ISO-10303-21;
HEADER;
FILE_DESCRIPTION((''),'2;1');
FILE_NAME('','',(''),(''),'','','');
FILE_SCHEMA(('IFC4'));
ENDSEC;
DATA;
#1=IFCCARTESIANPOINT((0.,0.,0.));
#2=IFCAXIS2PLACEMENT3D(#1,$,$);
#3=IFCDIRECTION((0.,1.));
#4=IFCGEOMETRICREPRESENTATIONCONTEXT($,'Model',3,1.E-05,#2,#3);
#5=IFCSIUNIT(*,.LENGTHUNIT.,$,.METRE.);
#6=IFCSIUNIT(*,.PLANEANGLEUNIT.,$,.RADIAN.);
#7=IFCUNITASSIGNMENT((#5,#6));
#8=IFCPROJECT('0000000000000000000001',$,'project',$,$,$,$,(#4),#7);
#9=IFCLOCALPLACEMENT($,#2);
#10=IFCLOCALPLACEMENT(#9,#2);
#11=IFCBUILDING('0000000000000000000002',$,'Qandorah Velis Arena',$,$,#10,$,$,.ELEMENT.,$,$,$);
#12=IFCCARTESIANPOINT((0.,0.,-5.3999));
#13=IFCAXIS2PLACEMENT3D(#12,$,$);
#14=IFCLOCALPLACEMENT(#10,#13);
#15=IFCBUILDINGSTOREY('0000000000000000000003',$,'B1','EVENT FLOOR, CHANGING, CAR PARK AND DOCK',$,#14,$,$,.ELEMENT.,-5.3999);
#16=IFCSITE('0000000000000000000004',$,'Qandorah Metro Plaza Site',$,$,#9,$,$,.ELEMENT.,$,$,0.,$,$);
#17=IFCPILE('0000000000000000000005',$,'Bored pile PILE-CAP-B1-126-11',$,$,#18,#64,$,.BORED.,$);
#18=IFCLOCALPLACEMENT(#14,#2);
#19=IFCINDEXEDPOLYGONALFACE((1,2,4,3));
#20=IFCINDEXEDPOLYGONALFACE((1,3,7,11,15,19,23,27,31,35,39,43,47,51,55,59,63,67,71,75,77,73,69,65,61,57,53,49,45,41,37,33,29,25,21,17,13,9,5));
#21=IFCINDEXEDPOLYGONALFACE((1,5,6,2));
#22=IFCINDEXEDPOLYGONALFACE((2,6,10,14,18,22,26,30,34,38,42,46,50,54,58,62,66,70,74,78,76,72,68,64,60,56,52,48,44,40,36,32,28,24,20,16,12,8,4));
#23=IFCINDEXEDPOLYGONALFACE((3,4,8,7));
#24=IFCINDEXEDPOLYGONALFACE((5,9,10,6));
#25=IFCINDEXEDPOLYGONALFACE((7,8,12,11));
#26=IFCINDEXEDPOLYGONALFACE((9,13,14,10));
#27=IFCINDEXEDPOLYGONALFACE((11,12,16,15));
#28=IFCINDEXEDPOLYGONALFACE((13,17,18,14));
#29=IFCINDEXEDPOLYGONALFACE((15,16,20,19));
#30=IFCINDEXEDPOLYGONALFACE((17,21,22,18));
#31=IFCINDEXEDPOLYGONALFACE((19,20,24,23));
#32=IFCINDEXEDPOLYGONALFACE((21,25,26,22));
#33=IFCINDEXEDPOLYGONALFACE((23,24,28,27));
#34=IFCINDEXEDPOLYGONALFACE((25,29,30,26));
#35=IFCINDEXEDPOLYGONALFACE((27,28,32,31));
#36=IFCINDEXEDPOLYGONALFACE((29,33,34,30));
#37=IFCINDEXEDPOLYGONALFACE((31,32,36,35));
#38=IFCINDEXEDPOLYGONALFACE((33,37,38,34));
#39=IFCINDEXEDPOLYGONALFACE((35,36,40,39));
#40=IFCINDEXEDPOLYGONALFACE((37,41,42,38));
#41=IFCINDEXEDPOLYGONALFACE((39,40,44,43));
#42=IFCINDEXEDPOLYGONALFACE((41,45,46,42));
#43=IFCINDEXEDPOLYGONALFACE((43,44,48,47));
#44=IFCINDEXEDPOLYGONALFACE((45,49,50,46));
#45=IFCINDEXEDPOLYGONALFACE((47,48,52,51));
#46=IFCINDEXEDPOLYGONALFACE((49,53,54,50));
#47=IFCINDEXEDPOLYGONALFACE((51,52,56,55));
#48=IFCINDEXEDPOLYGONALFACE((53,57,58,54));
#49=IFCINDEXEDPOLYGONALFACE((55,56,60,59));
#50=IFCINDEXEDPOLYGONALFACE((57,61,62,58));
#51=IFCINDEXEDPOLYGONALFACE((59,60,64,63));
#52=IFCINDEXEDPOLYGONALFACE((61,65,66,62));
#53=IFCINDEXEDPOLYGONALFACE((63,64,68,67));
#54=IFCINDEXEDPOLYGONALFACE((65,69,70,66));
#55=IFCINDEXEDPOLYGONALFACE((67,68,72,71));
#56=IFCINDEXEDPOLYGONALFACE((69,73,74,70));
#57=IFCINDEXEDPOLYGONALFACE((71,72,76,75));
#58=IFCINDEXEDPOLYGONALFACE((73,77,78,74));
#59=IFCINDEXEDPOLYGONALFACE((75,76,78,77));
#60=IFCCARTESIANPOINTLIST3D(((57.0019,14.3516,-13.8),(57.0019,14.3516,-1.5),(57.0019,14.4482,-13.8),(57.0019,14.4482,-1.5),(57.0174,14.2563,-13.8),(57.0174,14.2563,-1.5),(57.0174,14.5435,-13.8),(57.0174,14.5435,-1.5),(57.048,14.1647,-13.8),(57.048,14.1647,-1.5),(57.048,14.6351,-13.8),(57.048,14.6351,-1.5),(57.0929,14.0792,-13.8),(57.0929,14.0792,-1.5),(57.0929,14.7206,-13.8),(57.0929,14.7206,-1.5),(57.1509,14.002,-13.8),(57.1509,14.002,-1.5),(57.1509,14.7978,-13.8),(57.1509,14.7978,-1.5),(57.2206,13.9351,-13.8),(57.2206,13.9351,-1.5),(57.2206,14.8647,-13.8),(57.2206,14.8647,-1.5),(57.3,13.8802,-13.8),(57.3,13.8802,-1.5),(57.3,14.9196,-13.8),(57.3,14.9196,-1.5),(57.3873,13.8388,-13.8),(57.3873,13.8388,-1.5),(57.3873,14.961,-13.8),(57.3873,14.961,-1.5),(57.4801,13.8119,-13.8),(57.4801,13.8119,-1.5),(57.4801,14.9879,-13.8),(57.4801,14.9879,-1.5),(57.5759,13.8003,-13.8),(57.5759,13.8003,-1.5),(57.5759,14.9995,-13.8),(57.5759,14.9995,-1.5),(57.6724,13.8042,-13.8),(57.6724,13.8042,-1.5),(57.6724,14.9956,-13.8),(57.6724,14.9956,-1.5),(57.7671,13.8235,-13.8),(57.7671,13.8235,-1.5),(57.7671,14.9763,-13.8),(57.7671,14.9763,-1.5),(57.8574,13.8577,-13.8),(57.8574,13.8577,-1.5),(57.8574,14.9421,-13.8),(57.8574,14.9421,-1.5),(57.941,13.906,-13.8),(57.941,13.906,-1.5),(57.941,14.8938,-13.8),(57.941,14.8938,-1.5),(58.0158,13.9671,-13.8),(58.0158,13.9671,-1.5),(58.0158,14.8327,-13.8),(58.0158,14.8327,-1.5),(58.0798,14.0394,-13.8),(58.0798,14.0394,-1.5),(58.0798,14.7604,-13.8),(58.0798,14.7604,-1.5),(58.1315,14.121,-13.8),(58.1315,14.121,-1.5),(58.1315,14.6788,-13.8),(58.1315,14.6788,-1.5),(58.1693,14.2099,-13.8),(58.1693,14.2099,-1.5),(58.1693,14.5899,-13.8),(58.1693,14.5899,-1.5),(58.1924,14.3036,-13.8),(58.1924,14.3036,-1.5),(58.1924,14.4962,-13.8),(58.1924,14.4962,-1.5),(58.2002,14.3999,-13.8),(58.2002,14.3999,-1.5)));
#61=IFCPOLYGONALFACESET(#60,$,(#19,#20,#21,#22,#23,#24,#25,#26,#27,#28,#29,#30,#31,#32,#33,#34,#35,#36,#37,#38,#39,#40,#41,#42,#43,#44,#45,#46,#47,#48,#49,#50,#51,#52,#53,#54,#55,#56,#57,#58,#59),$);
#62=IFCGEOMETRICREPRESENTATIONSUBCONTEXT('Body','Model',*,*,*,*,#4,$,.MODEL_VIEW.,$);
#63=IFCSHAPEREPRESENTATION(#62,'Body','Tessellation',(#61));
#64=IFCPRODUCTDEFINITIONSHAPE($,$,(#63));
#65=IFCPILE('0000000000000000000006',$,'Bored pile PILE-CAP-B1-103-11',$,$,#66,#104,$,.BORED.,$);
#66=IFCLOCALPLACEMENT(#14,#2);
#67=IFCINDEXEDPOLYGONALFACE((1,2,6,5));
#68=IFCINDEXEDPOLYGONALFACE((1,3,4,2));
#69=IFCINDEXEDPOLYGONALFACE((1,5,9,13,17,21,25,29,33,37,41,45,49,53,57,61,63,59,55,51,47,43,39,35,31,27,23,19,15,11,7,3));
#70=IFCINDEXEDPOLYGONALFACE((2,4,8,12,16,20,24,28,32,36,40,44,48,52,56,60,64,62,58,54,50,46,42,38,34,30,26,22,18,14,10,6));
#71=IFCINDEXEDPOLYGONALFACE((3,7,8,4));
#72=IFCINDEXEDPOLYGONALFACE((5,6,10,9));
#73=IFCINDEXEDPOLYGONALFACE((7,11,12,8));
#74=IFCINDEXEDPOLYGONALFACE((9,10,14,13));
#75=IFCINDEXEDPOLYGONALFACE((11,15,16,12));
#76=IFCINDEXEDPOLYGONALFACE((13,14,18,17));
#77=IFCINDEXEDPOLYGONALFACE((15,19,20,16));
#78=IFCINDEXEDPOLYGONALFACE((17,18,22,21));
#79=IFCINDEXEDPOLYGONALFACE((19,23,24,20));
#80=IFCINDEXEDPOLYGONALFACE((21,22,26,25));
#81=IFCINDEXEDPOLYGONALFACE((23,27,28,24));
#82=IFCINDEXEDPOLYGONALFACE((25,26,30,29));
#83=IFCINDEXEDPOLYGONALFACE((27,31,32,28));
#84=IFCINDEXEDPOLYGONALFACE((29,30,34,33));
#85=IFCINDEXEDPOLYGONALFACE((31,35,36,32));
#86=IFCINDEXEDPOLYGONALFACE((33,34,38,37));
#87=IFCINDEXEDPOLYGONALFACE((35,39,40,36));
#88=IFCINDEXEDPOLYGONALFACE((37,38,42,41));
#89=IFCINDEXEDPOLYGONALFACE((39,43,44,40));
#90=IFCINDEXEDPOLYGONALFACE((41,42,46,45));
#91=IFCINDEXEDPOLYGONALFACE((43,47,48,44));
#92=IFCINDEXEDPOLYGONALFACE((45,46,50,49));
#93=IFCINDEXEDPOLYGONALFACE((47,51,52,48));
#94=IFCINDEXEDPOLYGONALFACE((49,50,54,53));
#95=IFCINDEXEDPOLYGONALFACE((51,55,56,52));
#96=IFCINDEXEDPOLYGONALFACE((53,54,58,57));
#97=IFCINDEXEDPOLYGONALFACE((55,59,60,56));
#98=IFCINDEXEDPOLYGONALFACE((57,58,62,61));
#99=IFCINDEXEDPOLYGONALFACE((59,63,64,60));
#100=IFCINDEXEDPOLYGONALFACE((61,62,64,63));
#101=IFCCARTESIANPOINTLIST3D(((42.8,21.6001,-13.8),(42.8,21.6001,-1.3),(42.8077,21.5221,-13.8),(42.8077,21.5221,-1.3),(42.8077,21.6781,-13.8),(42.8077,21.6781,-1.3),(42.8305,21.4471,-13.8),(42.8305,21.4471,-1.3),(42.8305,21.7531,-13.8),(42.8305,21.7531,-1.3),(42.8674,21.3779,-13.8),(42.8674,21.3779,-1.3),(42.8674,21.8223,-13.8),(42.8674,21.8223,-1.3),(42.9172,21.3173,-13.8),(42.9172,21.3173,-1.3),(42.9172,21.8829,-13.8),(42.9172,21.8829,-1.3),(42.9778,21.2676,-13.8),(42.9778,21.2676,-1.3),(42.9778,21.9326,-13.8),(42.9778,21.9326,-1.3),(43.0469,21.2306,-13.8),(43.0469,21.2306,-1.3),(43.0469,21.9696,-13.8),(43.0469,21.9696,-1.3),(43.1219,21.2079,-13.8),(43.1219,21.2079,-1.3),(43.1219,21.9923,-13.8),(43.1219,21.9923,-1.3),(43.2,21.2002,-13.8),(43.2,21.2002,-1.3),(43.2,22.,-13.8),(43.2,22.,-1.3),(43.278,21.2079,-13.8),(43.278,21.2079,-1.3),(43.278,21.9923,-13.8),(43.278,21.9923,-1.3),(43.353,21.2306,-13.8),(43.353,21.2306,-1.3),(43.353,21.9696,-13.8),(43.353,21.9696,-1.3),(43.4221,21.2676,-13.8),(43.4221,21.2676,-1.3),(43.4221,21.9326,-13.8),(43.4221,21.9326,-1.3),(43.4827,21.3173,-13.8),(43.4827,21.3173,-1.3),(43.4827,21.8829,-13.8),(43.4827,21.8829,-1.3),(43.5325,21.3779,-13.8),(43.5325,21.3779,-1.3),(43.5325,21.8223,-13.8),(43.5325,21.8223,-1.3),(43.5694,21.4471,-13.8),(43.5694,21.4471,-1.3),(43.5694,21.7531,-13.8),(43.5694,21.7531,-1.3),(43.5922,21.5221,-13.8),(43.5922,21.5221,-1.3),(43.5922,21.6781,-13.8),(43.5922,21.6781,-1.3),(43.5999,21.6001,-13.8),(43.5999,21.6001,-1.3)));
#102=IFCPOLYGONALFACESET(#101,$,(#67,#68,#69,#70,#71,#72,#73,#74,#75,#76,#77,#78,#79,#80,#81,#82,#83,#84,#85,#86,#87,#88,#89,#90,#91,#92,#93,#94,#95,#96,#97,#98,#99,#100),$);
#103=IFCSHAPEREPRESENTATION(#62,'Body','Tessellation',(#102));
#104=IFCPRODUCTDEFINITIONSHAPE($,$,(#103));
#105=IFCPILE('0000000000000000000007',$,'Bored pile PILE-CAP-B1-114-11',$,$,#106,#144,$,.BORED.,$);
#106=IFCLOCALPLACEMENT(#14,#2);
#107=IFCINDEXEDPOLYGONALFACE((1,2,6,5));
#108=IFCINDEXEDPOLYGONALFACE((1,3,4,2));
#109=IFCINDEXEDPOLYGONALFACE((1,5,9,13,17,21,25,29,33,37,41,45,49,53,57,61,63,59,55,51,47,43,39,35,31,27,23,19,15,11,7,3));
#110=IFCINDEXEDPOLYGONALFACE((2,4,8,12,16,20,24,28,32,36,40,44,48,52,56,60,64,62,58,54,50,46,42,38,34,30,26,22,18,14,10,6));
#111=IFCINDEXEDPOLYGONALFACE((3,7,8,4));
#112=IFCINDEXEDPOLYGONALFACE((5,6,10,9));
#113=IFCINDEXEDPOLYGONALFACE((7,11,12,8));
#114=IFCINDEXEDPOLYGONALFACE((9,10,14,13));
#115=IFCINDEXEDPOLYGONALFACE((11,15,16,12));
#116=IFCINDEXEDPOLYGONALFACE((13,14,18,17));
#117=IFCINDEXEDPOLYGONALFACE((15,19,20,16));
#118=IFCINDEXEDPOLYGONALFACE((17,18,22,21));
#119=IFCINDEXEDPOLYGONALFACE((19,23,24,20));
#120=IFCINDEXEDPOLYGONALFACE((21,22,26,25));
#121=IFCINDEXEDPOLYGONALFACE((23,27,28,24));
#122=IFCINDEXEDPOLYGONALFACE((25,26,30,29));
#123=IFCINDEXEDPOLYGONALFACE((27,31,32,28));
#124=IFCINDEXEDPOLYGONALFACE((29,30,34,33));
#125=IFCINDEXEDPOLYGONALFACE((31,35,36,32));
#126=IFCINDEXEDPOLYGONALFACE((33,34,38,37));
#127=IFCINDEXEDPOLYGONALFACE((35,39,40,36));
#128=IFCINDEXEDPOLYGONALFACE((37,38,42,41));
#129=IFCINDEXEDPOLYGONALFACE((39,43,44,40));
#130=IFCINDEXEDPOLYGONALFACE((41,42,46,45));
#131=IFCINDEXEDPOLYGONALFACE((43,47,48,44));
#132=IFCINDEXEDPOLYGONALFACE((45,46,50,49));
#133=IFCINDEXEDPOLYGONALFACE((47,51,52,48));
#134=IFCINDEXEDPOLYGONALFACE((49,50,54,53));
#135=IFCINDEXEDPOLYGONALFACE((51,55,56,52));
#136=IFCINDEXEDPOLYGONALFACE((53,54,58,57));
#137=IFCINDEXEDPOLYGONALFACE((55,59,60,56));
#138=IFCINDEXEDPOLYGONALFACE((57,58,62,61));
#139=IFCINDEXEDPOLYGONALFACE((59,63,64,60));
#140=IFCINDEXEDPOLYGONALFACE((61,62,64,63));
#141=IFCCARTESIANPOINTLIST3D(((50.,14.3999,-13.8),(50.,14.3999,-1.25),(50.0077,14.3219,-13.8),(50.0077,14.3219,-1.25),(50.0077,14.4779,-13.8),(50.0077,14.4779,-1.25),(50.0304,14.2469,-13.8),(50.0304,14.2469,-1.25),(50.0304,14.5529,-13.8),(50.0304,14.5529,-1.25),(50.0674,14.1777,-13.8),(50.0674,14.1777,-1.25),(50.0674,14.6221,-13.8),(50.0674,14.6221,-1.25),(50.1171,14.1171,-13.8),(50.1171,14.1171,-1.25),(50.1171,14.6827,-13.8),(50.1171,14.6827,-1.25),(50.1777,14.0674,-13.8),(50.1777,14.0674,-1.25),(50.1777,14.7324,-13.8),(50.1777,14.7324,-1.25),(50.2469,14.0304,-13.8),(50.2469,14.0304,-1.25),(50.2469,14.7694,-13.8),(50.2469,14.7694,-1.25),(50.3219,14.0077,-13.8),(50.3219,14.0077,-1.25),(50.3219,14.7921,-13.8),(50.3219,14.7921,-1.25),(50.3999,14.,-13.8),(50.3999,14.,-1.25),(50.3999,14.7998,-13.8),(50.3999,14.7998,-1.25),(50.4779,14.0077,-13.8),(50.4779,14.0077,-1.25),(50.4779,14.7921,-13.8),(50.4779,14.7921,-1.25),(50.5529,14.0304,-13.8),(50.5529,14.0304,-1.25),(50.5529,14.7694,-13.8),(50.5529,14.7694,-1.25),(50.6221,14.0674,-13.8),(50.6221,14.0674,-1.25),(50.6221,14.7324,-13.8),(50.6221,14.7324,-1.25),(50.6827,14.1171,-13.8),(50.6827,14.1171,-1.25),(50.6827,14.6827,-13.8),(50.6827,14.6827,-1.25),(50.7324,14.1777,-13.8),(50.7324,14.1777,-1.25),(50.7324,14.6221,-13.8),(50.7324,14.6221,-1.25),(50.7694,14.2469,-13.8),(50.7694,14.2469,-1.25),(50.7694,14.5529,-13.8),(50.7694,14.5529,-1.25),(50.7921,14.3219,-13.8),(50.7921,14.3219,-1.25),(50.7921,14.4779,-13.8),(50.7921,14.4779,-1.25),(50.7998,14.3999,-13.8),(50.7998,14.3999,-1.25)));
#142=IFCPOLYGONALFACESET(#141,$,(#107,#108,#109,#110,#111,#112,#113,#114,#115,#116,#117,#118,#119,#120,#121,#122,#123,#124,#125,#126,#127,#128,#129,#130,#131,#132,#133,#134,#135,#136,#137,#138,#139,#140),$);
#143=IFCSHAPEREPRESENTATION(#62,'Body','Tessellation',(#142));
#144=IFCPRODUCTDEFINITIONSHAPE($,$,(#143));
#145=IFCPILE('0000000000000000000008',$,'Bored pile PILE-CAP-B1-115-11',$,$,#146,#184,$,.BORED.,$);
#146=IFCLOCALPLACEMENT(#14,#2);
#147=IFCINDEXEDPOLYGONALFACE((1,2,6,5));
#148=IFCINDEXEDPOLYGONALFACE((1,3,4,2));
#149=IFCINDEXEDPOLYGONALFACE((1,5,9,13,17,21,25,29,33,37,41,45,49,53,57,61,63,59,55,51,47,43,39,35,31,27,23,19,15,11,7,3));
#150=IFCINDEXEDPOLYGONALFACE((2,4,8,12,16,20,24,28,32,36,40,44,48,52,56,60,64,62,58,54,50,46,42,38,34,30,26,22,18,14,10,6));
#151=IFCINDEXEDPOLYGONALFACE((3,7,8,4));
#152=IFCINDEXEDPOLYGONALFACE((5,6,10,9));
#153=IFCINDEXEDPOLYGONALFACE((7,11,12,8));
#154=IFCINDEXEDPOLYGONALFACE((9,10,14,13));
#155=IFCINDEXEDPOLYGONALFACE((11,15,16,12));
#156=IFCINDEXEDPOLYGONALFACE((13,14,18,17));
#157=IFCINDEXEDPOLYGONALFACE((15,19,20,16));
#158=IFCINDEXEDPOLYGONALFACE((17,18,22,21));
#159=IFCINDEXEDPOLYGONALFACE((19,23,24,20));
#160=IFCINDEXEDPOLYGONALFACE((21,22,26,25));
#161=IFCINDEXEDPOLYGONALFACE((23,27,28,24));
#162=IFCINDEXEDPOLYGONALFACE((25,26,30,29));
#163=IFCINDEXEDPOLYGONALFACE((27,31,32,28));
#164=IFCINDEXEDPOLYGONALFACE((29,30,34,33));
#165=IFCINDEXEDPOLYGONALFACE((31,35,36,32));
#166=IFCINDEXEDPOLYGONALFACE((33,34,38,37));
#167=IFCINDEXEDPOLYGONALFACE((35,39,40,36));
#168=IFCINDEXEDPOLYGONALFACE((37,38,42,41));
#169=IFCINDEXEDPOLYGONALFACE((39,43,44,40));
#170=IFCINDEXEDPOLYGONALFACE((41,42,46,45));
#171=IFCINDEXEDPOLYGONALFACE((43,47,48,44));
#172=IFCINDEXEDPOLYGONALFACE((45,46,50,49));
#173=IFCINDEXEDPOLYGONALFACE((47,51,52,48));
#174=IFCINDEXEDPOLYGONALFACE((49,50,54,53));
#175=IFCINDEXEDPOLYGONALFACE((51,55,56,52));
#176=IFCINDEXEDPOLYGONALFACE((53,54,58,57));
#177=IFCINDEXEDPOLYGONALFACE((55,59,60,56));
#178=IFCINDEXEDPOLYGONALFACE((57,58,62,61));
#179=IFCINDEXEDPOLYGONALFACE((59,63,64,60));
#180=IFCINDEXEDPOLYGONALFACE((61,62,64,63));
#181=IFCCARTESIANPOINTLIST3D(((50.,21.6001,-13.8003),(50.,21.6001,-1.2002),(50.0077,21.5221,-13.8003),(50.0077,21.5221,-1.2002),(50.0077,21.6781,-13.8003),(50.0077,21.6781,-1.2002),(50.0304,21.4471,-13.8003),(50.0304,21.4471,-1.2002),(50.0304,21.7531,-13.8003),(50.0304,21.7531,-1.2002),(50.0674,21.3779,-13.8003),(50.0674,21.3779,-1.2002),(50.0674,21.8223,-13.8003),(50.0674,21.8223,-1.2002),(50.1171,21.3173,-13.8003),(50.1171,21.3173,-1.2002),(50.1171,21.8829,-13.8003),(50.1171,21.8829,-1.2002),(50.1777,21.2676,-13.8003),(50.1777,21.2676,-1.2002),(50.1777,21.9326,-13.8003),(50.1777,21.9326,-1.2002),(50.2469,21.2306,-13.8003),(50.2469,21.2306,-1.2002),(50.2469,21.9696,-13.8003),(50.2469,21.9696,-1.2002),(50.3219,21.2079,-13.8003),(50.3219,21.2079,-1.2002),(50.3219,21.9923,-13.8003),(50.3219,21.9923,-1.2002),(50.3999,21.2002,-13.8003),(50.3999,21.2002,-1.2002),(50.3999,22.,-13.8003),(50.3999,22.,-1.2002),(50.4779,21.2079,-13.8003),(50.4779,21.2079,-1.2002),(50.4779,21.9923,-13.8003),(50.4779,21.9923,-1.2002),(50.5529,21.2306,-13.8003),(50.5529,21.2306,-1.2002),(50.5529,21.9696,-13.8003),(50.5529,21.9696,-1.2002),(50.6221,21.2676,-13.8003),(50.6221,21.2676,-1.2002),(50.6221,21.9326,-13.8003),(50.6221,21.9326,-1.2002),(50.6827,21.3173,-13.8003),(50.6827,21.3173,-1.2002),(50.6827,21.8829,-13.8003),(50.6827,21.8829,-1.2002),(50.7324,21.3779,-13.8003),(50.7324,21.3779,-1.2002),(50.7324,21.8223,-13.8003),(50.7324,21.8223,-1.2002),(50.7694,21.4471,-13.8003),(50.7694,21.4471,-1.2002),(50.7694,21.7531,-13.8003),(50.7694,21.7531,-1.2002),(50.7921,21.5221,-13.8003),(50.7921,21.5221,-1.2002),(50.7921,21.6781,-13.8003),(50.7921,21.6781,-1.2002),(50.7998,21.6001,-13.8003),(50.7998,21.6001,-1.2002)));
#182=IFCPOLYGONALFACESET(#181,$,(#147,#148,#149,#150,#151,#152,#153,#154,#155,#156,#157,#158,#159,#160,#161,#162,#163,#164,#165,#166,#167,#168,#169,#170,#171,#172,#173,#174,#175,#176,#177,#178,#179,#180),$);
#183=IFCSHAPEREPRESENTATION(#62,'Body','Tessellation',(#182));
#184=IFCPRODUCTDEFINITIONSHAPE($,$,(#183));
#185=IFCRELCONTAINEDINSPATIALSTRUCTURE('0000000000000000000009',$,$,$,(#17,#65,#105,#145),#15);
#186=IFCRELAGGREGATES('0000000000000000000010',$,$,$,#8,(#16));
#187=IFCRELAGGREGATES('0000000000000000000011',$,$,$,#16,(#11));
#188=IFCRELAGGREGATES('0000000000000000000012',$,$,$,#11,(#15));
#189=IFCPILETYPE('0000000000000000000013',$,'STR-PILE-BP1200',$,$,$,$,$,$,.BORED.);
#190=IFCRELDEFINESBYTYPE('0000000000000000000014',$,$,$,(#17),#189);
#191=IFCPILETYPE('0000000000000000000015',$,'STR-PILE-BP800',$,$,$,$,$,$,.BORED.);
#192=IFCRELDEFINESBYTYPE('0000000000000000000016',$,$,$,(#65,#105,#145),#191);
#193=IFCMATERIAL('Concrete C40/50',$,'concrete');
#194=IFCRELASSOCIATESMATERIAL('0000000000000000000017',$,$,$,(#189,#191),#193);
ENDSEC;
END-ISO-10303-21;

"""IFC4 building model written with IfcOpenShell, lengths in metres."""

from ifc_helpers import new_model, si_unit, direction, frame, origin, origin_2d, place, context, subcontext, project, spatial, circle, extrude, material, material_profile, profile_set, type_object, element, save


model = new_model("IFC4")

# Units and contexts
model_context = context("Model", 3, precision=1e-05, world=origin(), true_north=direction((0.0, 1.0)))
body_context = subcontext(model_context, "Body", "Model", "MODEL_VIEW")
ifc_project = project(units=[si_unit("LENGTHUNIT", "METRE"), si_unit("PLANEANGLEUNIT", "RADIAN")], contexts=[model_context])

# Site, building, storey
site_placement = place(None, origin())
site = spatial("IfcSite", under=ifc_project, at=site_placement, Name="Qandorah Metro Plaza Site", CompositionType="ELEMENT", RefElevation=0.0)
building_placement = place(site_placement, origin())
building = spatial("IfcBuilding", under=site, at=building_placement, Name="Qandorah Velis Arena", CompositionType="ELEMENT")
storey_placement = place(building_placement, frame((0.0, 0.0, -5.3999)))
storey = spatial("IfcBuildingStorey", under=building, at=storey_placement, Name="B1", Description="EVENT FLOOR, CHANGING, CAR PARK AND DOCK", CompositionType="ELEMENT", Elevation=-5.3999)

# Shared definitions
ifc_material_1 = material(Name="Concrete C40/50", Category="concrete")

# Piles
ifc_material_profile_1 = material_profile(ifc_material_1, circle(Radius=0.6001, at=origin_2d()), Name="BORED PILE D1200")
ifc_profile_set_1 = profile_set([ifc_material_profile_1], Name="Concrete C40/50")
pile_type_1 = type_object("IfcPileType", Name="STR-PILE-BP1200", PredefinedType="BORED", material=ifc_profile_set_1)
pile_1_placement = place(storey_placement, frame((57.6001, 14.3999, -1.5), z_axis=(0.0, 0.0, -1.0), x_axis=(1.0, 0.0, 0.0)))
element("IfcPile", 1, at=pile_1_placement, inside=storey, type_object=pile_type_1, Name="Bored pile PILE-CAP-B1-126-11", PredefinedType="BORED", context=body_context, shape_type="SweptSolid", body=[
    extrude(circle(Radius=0.6001, at=origin_2d()), origin(), (0.0, 0.0, 1.0), 12.3),
])
ifc_material_profile_2 = material_profile(ifc_material_1, circle(Radius=0.3999, at=origin_2d()), Name="BORED PILE D800")
ifc_profile_set_2 = profile_set([ifc_material_profile_2], Name="Concrete C40/50")
pile_type_2 = type_object("IfcPileType", Name="STR-PILE-BP800", PredefinedType="BORED", material=ifc_profile_set_2)
pile_2_placement = place(storey_placement, frame((43.2, 21.6001, -1.3), z_axis=(0.0, 0.0, -1.0), x_axis=(1.0, 0.0, 0.0)))
element("IfcPile", 2, at=pile_2_placement, inside=storey, type_object=pile_type_2, Name="Bored pile PILE-CAP-B1-103-11", PredefinedType="BORED", context=body_context, shape_type="SweptSolid", body=[
    extrude(circle(Radius=0.3999, at=origin_2d()), origin(), (0.0, 0.0, 1.0), 12.5),
])
pile_3_placement = place(storey_placement, frame((50.3999, 14.3999, -1.25), z_axis=(0.0, 0.0, -1.0), x_axis=(1.0, 0.0, 0.0)))
element("IfcPile", 3, at=pile_3_placement, inside=storey, type_object=pile_type_2, Name="Bored pile PILE-CAP-B1-114-11", PredefinedType="BORED", context=body_context, shape_type="SweptSolid", body=[
    extrude(circle(Radius=0.3999, at=origin_2d()), origin(), (0.0, 0.0, 1.0), 12.55),
])
pile_4_placement = place(storey_placement, frame((50.3999, 21.6001, -1.2002), z_axis=(0.0, 0.0, -1.0), x_axis=(1.0, 0.0, 0.0)))
element("IfcPile", 4, at=pile_4_placement, inside=storey, type_object=pile_type_2, Name="Bored pile PILE-CAP-B1-115-11", PredefinedType="BORED", context=body_context, shape_type="SweptSolid", body=[
    extrude(circle(Radius=0.3999, at=origin_2d()), origin(), (0.0, 0.0, 1.0), 12.6001),
])

save(model, "model.ifc")
